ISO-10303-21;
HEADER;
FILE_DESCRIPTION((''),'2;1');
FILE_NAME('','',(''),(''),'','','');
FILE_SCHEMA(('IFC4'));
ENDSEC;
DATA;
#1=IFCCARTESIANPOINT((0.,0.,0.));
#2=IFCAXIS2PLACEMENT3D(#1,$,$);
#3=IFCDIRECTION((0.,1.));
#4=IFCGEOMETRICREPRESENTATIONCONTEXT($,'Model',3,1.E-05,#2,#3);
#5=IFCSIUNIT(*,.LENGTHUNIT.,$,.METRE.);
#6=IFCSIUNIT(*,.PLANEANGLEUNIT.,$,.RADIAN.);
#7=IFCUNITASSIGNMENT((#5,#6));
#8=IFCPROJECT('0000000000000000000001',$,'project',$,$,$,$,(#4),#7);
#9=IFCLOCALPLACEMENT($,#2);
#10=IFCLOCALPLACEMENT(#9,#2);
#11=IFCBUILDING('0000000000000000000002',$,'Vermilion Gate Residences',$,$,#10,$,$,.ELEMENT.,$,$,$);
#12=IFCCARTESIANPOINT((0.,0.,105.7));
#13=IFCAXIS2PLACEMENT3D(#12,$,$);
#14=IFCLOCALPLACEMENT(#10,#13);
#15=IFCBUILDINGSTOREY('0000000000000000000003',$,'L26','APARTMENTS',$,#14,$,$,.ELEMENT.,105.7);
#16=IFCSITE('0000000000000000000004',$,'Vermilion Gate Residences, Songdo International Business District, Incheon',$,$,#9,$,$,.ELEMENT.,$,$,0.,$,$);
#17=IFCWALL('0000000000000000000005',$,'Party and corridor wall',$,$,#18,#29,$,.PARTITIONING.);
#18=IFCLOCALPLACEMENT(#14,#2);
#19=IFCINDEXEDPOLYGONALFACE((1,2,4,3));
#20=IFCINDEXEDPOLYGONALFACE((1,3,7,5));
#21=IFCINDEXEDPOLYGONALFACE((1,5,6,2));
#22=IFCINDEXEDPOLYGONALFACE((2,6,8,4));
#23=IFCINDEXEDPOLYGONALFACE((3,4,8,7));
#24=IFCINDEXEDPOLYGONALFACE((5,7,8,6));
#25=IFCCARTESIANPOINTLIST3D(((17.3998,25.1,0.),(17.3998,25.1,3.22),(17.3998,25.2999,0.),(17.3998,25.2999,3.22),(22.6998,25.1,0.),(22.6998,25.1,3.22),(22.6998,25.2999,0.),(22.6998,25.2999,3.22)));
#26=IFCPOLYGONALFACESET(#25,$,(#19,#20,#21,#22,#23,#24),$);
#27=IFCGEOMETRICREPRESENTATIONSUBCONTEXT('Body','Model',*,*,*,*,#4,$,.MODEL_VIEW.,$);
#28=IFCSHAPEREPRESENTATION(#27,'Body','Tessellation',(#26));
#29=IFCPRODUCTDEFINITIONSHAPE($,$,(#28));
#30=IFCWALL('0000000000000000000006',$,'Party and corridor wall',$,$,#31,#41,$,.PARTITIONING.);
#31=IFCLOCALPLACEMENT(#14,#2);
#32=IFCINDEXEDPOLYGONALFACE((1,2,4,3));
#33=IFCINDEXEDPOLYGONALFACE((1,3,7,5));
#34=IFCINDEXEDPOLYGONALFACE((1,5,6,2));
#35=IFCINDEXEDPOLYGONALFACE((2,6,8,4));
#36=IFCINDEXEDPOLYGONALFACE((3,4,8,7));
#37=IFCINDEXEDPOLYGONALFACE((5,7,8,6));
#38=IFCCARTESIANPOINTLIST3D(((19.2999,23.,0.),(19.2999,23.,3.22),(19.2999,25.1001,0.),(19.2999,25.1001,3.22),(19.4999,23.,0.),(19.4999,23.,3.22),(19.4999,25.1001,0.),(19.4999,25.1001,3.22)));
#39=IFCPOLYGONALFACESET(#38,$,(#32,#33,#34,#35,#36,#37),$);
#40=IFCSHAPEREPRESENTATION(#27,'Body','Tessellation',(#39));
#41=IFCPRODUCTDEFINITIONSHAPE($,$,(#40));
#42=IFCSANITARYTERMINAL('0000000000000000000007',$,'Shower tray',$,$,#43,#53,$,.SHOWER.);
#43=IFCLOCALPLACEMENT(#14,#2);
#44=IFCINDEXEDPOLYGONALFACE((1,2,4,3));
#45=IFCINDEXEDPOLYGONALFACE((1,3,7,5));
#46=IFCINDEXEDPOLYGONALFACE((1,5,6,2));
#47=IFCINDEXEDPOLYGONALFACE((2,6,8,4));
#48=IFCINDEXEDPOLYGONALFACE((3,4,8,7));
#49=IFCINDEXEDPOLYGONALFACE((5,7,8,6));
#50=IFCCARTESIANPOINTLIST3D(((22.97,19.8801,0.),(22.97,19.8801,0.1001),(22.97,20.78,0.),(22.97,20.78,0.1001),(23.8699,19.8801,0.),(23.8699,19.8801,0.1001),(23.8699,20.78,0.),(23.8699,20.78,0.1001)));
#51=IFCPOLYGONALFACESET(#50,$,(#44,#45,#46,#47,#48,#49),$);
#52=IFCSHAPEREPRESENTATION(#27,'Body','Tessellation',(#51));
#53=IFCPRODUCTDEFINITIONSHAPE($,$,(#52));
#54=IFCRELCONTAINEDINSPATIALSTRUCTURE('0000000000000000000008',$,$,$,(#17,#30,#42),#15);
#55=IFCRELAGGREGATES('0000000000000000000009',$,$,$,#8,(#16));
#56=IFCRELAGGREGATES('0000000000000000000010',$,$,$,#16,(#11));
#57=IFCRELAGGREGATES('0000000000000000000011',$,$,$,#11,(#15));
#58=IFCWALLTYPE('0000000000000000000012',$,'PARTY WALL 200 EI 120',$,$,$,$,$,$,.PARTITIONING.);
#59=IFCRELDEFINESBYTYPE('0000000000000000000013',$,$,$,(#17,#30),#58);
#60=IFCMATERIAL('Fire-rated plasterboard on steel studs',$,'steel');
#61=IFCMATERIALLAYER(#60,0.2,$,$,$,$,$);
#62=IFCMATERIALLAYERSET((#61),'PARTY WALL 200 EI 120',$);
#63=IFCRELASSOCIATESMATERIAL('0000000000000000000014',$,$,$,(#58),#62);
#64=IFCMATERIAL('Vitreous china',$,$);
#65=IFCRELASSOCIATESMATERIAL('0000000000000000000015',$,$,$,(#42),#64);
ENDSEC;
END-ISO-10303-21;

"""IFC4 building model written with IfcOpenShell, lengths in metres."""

from ifc_helpers import new_model, si_unit, direction, frame, frame_2d, origin, origin_2d, place, context, subcontext, project, spatial, rectangle, extrude, material, layer, layer_set, type_object, element, save


model = new_model("IFC4")

# Units and contexts
model_context = context("Model", 3, precision=1e-05, world=origin(), true_north=direction((0.0, 1.0)))
body_context = subcontext(model_context, "Body", "Model", "MODEL_VIEW")
ifc_project = project(units=[si_unit("LENGTHUNIT", "METRE"), si_unit("PLANEANGLEUNIT", "RADIAN")], contexts=[model_context])

# Site, building, storey
site_placement = place(None, origin())
site = spatial("IfcSite", under=ifc_project, at=site_placement, Name="Vermilion Gate Residences, Songdo International Business District, Incheon", CompositionType="ELEMENT", RefElevation=0.0)
building_placement = place(site_placement, origin())
building = spatial("IfcBuilding", under=site, at=building_placement, Name="Vermilion Gate Residences", CompositionType="ELEMENT")
storey_placement = place(building_placement, frame((0.0, 0.0, 105.7)))
storey = spatial("IfcBuildingStorey", under=building, at=storey_placement, Name="L26", Description="APARTMENTS", CompositionType="ELEMENT", Elevation=105.7)

# Shared definitions
ifc_material_1 = material(Name="Fire-rated plasterboard on steel studs", Category="steel")
ifc_layer_1 = layer(ifc_material_1, 0.2)
ifc_layer_set_1 = layer_set([ifc_layer_1], Name="PARTY WALL 200 EI 120")
wall_type_1 = type_object("IfcWallType", Name="PARTY WALL 200 EI 120", PredefinedType="PARTITIONING", material=ifc_layer_set_1)

# Walls
wall_1_placement = place(storey_placement, frame((17.3999, 25.2, 0.0), z_axis=(0.0, 0.0, 1.0), x_axis=(1.0, 0.0, 0.0)))
element("IfcWall", 1, at=wall_1_placement, inside=storey, type_object=wall_type_1, Name="Party and corridor wall", PredefinedType="PARTITIONING", context=body_context, shape_type="SweptSolid", body=[
    extrude(rectangle(XDim=5.3, YDim=0.2, at=frame_2d((2.6499, 0.0))), origin(), (0.0, 0.0, 1.0), 3.22),
])
wall_2_placement = place(storey_placement, frame((19.3999, 23.0, 0.0), z_axis=(0.0, 0.0, 1.0), x_axis=(0.0, 1.0, 0.0)))
element("IfcWall", 2, at=wall_2_placement, inside=storey, type_object=wall_type_1, Name="Party and corridor wall", PredefinedType="PARTITIONING", context=body_context, shape_type="SweptSolid", body=[
    extrude(rectangle(XDim=2.1001, YDim=0.2, at=frame_2d((1.05, 0.0))), origin(), (0.0, 0.0, 1.0), 3.22),
])

# Sanitary terminal
ifc_material_2 = material(Name="Vitreous china")
sanitary_terminal_placement = place(storey_placement, frame((23.4199, 20.3301, 0.0), z_axis=(0.0, 0.0, 1.0), x_axis=(1.0, 0.0, 0.0)))
element("IfcSanitaryTerminal", 3, at=sanitary_terminal_placement, inside=storey, material=ifc_material_2, Name="Shower tray", PredefinedType="SHOWER", context=body_context, shape_type="SweptSolid", body=[
    extrude(rectangle(XDim=0.8999, YDim=0.8999, at=origin_2d()), origin(), (0.0, 0.0, 1.0), 0.1001),
])

save(model, "model.ifc")
